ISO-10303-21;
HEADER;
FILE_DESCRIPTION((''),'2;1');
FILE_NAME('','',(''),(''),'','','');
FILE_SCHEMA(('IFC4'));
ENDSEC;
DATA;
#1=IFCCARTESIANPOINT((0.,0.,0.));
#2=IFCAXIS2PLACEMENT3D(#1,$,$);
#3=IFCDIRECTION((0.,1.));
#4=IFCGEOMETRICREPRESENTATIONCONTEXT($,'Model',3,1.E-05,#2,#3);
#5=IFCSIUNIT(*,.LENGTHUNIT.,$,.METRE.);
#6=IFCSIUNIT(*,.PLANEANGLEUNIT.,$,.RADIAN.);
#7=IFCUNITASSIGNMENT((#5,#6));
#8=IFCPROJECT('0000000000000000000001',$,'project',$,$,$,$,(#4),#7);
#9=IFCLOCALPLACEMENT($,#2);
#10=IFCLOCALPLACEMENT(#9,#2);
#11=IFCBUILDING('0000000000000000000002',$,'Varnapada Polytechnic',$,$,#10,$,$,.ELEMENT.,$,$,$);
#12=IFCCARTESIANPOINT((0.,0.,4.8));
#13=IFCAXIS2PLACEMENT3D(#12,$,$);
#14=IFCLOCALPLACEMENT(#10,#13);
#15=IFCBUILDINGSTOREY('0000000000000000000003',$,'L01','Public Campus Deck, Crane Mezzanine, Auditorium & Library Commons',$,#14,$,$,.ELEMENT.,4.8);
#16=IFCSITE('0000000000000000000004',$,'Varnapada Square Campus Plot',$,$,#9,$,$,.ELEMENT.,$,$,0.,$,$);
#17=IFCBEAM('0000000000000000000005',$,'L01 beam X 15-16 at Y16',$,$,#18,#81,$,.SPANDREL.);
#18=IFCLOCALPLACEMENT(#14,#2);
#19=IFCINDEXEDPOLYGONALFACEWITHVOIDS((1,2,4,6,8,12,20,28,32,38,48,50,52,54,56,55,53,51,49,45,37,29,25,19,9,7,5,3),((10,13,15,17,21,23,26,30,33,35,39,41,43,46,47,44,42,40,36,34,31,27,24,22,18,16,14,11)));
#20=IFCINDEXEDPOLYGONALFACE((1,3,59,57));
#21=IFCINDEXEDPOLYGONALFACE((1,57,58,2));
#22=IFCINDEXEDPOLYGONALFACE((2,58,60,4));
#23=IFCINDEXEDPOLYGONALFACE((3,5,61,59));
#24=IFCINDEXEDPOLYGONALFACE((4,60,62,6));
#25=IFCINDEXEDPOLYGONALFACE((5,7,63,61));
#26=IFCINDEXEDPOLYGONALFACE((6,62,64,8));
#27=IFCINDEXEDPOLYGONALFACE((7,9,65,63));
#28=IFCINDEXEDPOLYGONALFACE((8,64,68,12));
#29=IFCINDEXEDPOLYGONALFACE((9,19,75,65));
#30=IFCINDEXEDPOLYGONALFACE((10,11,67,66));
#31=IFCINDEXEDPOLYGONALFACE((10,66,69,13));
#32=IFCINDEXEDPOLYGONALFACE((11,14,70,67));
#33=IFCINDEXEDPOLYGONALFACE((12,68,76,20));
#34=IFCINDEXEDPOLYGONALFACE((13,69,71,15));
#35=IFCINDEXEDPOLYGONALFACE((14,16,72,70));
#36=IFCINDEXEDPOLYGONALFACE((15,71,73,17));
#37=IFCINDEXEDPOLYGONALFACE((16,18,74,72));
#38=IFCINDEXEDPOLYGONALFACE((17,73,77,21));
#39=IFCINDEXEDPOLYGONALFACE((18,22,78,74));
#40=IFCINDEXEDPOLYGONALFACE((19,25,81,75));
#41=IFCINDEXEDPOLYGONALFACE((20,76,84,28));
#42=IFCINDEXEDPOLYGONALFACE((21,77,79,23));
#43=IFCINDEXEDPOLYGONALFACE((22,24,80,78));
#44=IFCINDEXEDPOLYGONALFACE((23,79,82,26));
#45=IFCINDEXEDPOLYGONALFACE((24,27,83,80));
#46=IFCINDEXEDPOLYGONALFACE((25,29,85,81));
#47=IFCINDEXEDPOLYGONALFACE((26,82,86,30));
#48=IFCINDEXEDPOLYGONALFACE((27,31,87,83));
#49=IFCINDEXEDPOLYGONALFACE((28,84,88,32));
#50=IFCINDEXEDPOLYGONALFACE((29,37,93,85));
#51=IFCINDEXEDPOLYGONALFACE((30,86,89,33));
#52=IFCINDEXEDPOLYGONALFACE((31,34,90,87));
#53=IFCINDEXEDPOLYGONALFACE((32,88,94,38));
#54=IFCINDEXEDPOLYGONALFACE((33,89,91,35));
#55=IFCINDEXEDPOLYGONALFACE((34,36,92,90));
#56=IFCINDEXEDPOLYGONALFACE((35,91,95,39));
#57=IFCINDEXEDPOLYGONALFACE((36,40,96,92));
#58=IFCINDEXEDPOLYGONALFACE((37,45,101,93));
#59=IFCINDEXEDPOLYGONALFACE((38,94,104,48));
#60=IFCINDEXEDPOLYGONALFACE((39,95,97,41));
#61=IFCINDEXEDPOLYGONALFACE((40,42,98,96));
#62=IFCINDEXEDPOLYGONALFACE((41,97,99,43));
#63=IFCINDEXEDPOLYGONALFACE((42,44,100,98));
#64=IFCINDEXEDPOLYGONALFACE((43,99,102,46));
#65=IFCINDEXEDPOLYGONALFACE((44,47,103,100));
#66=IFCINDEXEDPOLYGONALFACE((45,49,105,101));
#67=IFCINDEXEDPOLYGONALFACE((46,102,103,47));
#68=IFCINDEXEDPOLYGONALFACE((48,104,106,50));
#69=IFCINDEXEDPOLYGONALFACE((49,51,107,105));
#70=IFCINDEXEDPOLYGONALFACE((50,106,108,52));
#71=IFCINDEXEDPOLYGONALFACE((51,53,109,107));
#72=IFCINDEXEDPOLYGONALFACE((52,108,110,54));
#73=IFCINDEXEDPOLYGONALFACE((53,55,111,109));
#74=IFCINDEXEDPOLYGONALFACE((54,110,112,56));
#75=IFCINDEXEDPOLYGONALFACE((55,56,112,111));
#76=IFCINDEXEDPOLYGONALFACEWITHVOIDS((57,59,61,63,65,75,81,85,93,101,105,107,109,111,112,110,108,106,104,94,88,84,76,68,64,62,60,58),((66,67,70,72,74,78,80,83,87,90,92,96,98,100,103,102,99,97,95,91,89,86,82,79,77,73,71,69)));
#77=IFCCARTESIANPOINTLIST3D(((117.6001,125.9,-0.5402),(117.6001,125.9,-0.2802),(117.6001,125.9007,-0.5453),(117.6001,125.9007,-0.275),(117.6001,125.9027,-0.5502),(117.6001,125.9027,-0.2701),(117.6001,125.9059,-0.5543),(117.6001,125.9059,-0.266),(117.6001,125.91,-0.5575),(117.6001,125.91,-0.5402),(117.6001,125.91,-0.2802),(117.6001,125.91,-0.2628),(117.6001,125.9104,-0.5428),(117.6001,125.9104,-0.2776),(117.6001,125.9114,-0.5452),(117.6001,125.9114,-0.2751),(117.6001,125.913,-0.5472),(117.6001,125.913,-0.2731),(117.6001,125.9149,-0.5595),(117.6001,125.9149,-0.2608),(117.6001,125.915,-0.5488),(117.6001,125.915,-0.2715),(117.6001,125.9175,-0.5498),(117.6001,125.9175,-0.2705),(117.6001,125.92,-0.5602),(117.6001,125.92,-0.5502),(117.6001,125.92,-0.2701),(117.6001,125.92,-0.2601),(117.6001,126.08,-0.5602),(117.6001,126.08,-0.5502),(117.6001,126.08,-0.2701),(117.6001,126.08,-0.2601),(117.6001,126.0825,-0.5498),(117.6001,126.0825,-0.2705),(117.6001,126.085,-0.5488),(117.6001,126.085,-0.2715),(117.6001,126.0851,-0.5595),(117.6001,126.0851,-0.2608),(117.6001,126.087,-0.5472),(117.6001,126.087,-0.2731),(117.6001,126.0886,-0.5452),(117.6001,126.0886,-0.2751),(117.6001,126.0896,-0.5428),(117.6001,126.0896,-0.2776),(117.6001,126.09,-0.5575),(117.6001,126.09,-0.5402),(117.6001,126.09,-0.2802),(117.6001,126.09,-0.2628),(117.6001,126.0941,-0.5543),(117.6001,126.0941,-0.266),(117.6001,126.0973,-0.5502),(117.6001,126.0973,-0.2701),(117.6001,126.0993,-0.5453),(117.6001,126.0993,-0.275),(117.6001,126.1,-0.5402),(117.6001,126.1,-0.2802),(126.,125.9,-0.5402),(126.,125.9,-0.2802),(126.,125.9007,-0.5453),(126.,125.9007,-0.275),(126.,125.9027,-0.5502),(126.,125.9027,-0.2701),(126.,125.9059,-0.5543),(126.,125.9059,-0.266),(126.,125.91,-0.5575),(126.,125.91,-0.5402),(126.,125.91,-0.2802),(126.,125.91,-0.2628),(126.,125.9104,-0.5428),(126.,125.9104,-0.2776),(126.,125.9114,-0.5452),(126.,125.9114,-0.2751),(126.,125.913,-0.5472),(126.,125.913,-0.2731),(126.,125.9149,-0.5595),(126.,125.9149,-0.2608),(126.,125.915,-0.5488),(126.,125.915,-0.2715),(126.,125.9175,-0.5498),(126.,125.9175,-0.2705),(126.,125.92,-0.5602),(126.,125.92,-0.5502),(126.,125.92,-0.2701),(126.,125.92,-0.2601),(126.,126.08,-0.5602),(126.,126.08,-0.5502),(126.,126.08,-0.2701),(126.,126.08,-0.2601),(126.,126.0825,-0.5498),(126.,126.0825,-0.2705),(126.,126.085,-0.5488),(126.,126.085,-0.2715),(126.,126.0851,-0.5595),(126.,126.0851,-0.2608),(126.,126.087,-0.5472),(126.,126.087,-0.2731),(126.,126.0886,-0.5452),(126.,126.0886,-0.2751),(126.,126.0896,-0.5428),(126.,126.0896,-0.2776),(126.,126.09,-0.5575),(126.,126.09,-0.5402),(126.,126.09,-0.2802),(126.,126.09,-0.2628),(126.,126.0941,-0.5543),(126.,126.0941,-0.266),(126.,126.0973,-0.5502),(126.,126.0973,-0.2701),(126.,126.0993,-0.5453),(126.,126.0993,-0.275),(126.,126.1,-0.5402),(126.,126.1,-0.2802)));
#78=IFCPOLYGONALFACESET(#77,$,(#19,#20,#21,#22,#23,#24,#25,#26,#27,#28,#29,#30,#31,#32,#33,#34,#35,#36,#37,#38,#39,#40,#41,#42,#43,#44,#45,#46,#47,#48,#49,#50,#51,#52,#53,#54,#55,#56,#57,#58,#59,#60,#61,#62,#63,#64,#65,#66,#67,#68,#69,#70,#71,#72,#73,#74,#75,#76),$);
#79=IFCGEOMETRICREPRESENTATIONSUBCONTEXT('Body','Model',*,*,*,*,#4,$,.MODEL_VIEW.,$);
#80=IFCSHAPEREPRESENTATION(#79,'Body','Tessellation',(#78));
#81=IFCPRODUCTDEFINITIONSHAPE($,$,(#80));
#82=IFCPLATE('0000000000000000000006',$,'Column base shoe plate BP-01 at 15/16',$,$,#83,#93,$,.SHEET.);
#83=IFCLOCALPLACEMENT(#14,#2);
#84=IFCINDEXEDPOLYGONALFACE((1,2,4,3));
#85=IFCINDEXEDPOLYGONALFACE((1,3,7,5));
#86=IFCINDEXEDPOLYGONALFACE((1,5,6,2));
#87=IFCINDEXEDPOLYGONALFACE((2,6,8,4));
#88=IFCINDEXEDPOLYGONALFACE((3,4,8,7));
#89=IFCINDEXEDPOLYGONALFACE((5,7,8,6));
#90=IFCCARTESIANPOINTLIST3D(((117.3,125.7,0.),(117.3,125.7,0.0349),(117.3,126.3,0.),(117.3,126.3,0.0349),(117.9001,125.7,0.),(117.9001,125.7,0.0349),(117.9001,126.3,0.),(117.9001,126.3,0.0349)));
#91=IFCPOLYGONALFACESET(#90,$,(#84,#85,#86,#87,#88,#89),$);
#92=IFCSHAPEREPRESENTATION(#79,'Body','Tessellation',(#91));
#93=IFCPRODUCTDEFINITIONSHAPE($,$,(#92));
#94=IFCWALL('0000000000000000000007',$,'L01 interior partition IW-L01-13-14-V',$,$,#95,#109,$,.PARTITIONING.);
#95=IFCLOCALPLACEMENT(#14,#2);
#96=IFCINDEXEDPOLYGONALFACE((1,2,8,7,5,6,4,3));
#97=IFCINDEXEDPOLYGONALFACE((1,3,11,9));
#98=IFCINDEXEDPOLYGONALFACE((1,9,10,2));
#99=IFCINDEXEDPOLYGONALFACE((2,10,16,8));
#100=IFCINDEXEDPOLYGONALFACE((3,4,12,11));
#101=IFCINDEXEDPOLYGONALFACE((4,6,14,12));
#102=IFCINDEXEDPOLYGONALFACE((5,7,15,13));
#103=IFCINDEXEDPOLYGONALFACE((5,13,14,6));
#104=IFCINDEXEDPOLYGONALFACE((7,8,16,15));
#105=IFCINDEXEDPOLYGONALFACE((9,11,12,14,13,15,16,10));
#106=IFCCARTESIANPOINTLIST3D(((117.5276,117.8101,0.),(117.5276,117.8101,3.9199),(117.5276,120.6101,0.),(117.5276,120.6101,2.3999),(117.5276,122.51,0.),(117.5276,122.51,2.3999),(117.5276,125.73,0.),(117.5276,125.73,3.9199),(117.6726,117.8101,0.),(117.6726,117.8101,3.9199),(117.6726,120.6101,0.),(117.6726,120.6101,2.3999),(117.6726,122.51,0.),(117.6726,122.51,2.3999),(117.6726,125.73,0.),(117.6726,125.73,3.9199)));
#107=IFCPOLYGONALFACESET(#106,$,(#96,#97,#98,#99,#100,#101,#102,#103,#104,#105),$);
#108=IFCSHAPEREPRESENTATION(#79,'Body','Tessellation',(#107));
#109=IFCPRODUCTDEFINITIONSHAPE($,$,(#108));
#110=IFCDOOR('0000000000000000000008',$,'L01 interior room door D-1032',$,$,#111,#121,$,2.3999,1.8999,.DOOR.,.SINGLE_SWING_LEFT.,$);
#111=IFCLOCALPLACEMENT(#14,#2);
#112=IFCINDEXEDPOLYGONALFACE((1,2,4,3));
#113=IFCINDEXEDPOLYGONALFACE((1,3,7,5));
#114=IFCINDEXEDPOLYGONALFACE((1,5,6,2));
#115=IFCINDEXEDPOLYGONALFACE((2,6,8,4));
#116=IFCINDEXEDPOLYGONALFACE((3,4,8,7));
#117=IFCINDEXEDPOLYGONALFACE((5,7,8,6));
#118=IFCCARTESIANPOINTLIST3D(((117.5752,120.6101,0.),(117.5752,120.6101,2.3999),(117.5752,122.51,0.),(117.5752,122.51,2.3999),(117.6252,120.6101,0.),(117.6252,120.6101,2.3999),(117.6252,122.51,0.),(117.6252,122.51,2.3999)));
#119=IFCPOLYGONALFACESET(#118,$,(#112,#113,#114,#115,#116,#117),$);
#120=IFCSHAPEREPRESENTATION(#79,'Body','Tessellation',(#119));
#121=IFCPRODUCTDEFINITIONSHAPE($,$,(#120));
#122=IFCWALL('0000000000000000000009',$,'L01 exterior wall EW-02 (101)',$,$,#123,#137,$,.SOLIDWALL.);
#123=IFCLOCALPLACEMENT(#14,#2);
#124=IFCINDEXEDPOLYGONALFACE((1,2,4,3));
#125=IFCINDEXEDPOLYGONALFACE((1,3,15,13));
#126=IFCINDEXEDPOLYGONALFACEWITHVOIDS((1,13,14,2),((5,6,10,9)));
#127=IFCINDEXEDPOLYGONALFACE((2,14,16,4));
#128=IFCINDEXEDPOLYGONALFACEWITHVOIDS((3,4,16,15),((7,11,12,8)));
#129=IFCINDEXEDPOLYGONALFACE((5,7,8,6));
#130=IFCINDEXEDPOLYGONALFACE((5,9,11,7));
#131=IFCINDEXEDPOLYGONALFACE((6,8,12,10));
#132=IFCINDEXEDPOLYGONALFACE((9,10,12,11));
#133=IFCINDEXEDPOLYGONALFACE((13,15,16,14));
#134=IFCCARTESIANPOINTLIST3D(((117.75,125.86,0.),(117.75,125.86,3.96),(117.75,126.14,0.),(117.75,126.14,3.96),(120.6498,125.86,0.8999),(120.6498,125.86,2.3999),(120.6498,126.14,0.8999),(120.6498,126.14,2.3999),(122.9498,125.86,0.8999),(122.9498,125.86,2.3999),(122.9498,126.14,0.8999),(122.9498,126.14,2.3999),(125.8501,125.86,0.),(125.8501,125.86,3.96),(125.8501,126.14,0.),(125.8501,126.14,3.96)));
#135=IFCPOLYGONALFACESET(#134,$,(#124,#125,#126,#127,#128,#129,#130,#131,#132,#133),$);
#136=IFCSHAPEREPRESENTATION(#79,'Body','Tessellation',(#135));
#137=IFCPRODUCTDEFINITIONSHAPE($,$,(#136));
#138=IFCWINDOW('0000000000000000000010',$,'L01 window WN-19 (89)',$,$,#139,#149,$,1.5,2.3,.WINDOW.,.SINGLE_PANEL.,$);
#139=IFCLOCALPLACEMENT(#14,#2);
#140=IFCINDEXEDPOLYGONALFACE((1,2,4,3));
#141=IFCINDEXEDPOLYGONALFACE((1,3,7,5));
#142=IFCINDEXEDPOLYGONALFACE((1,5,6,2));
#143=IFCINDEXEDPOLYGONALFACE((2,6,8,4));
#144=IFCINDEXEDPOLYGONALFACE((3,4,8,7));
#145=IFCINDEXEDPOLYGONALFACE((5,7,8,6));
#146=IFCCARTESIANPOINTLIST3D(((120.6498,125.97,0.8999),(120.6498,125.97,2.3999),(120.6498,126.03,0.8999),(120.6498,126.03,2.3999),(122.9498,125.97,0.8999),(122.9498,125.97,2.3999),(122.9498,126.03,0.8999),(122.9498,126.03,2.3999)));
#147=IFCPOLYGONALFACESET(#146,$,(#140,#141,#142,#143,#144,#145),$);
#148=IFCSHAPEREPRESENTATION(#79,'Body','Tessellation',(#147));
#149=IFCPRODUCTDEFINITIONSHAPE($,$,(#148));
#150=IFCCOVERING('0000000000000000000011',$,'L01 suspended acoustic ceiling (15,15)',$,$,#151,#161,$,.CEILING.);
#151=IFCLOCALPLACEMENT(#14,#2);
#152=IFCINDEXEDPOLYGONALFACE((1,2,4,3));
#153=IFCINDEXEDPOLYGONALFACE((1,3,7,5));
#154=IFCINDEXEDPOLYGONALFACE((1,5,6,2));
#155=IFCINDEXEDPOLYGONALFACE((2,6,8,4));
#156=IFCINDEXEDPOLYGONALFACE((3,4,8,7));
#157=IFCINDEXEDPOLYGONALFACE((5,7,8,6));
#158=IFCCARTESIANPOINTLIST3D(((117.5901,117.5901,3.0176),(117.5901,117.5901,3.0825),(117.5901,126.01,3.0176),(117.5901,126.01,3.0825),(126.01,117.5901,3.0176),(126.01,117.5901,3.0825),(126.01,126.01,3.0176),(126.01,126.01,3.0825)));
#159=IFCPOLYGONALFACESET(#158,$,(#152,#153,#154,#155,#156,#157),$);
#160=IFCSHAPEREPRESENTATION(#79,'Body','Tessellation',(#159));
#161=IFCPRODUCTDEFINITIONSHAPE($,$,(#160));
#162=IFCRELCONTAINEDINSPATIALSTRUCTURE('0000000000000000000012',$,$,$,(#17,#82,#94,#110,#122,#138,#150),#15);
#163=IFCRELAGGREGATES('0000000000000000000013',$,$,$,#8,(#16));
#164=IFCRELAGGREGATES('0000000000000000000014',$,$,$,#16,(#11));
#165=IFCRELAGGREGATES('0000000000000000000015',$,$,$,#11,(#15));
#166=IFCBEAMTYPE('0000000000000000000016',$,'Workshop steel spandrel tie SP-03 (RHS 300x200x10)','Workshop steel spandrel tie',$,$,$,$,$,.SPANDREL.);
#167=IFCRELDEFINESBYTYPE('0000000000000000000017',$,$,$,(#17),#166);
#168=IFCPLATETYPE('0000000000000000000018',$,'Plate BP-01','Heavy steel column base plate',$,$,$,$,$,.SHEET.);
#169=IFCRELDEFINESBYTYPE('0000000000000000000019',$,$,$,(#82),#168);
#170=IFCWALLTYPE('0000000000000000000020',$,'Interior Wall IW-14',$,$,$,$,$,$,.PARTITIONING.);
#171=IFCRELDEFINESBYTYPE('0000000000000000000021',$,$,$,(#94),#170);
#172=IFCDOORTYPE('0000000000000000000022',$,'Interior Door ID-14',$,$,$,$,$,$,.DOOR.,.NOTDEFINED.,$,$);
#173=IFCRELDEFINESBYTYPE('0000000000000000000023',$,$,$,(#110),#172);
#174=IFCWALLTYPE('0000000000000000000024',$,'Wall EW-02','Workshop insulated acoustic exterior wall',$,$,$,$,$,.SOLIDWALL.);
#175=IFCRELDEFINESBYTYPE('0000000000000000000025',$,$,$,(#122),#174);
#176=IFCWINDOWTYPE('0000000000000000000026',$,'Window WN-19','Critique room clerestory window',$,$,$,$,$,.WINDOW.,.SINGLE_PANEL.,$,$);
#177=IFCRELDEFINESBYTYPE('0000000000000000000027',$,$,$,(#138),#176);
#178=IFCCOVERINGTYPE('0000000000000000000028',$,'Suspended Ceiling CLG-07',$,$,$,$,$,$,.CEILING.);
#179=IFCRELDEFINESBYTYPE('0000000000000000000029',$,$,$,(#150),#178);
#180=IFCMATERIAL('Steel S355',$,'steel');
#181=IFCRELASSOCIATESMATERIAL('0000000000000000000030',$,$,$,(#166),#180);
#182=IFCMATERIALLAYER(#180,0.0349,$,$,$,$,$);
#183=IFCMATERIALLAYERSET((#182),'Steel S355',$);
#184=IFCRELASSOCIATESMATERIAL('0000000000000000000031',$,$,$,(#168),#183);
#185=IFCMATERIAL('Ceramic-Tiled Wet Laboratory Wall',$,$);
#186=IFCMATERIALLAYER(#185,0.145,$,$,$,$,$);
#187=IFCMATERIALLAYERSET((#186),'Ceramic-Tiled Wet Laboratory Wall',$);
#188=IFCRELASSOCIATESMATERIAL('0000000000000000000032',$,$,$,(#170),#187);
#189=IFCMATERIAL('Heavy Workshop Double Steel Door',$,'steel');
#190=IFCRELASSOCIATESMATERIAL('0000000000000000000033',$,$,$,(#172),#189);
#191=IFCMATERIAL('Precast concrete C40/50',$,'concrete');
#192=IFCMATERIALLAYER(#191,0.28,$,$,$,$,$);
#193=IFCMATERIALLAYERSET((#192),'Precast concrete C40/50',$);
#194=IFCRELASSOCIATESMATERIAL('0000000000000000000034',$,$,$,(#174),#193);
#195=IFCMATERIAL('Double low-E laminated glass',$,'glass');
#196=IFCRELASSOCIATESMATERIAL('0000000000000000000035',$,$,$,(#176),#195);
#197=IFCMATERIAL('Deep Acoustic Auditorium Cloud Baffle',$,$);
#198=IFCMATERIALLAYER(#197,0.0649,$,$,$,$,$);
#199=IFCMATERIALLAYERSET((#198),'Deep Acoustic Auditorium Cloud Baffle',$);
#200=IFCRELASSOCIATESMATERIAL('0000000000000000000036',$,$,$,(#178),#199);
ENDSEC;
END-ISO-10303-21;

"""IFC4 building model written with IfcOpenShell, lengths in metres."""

from ifc_helpers import new_model, si_unit, direction, frame, frame_2d, origin, origin_2d, place, context, subcontext, project, spatial, rectangle, hollow_rectangle, extrude, material, layer, layer_set, material_profile, profile_set, type_object, element, fill, save


model = new_model("IFC4")

# Units and contexts
model_context = context("Model", 3, precision=1e-05, world=origin(), true_north=direction((0.0, 1.0)))
body_context = subcontext(model_context, "Body", "Model", "MODEL_VIEW")
ifc_project = project(units=[si_unit("LENGTHUNIT", "METRE"), si_unit("PLANEANGLEUNIT", "RADIAN")], contexts=[model_context])

# Site, building, storey
site_placement = place(None, origin())
site = spatial("IfcSite", under=ifc_project, at=site_placement, Name="Varnapada Square Campus Plot", CompositionType="ELEMENT", RefElevation=0.0)
building_placement = place(site_placement, origin())
building = spatial("IfcBuilding", under=site, at=building_placement, Name="Varnapada Polytechnic", CompositionType="ELEMENT")
storey_placement = place(building_placement, frame((0.0, 0.0, 4.8)))
storey = spatial("IfcBuildingStorey", under=building, at=storey_placement, Name="L01", Description="Public Campus Deck, Crane Mezzanine, Auditorium & Library Commons", CompositionType="ELEMENT", Elevation=4.8)

# Shared definitions
ifc_material_1 = material(Name="Steel S355", Category="steel")

# Shared definitions
ifc_material_2 = material(Name="Double low-E laminated glass", Category="glass")

# Beam
ifc_material_profile_1 = material_profile(ifc_material_1, hollow_rectangle(XDim=0.2, YDim=0.3, WallThickness=0.01, InnerFilletRadius=0.01, OuterFilletRadius=0.02, at=origin_2d()), Name="RHS 300x200x10")
ifc_profile_set_1 = profile_set([ifc_material_profile_1], Name="Steel S355")
beam_type_1 = type_object("IfcBeamType", Name="Workshop steel spandrel tie SP-03 (RHS 300x200x10)", Description="Workshop steel spandrel tie", PredefinedType="SPANDREL", material=ifc_profile_set_1)
beam_placement = place(storey_placement, frame((117.6001, 126.0, -0.4102), z_axis=(1.0, 0.0, 0.0), x_axis=(0.0, 1.0, 0.0)))
element("IfcBeam", 1, at=beam_placement, inside=storey, type_object=beam_type_1, Name="L01 beam X 15-16 at Y16", PredefinedType="SPANDREL", context=body_context, shape_type="SweptSolid", body=[
    extrude(hollow_rectangle(XDim=0.2, YDim=0.3, WallThickness=0.01, InnerFilletRadius=0.01, OuterFilletRadius=0.02, at=origin_2d()), origin(), (0.0, 0.0, 1.0), 8.3999),
])

# Plate
ifc_layer_1 = layer(ifc_material_1, 0.0349)
ifc_layer_set_1 = layer_set([ifc_layer_1], Name="Steel S355")
plate_type = type_object("IfcPlateType", Name="Plate BP-01", Description="Heavy steel column base plate", PredefinedType="SHEET", material=ifc_layer_set_1)
plate_placement = place(storey_placement, frame((117.6001, 126.0, 0.0), z_axis=(0.0, 0.0, 1.0), x_axis=(1.0, 0.0, 0.0)))
element("IfcPlate", 2, at=plate_placement, inside=storey, type_object=plate_type, Name="Column base shoe plate BP-01 at 15/16", PredefinedType="SHEET", context=body_context, shape_type="SweptSolid", body=[
    extrude(rectangle(XDim=0.6001, YDim=0.6001, at=origin_2d()), origin(), (0.0, 0.0, 1.0), 0.0349),
])

# Wall, opening, door
ifc_material_3 = material(Name="Ceramic-Tiled Wet Laboratory Wall")
ifc_layer_2 = layer(ifc_material_3, 0.145)
ifc_layer_set_2 = layer_set([ifc_layer_2], Name="Ceramic-Tiled Wet Laboratory Wall")
wall_type_1 = type_object("IfcWallType", Name="Interior Wall IW-14", PredefinedType="PARTITIONING", material=ifc_layer_set_2)
wall_1_placement = place(storey_placement, frame((117.6001, 117.8101, 0.0), z_axis=(0.0, 0.0, 1.0), x_axis=(0.0, 1.0, 0.0)))
wall_1 = element("IfcWall", 3, at=wall_1_placement, inside=storey, type_object=wall_type_1, Name="L01 interior partition IW-L01-13-14-V", PredefinedType="PARTITIONING", context=body_context, shape_type="SweptSolid", body=[
    extrude(rectangle(XDim=7.9199, YDim=0.145, at=frame_2d((3.96, 0.0))), origin(), (0.0, 0.0, 1.0), 3.9199),
])
opening_1_placement = place(wall_1_placement, frame((2.8, 0.0, 0.0)))
opening_1 = element("IfcOpeningElement", 4, at=opening_1_placement, cuts=wall_1, PredefinedType="OPENING", context=body_context, shape_type="SweptSolid", body=[
    extrude(rectangle(XDim=1.8999, YDim=2.3999, at=frame_2d((0.95, 1.2))), frame((0.0, 0.0825, 0.0), z_axis=(0.0, -1.0, 0.0), x_axis=(1.0, 0.0, 0.0)), (0.0, 0.0, 1.0), 0.165),
])
ifc_material_4 = material(Name="Heavy Workshop Double Steel Door", Category="steel")
door_type = type_object("IfcDoorType", Name="Interior Door ID-14", OperationType="NOTDEFINED", PredefinedType="DOOR", material=ifc_material_4)
door_placement = place(opening_1_placement, origin())
door = element("IfcDoor", 5, at=door_placement, inside=storey, type_object=door_type, Name="L01 interior room door D-1032", OperationType="SINGLE_SWING_LEFT", OverallHeight=2.3999, OverallWidth=1.8999, PredefinedType="DOOR", context=body_context, shape_type="SweptSolid", body=[
    extrude(rectangle(XDim=1.8999, YDim=2.3999, at=frame_2d((0.95, 1.2))), frame((0.0, 0.0249, 0.0), z_axis=(0.0, -1.0, 0.0), x_axis=(1.0, 0.0, 0.0)), (0.0, 0.0, 1.0), 0.05),
])
fill(opening_1, door)

# Wall, opening, window
ifc_material_5 = material(Name="Precast concrete C40/50", Category="concrete")
ifc_layer_3 = layer(ifc_material_5, 0.28)
ifc_layer_set_3 = layer_set([ifc_layer_3], Name="Precast concrete C40/50")
wall_type_2 = type_object("IfcWallType", Name="Wall EW-02", Description="Workshop insulated acoustic exterior wall", PredefinedType="SOLIDWALL", material=ifc_layer_set_3)
wall_2_placement = place(storey_placement, frame((117.75, 126.0, 0.0), z_axis=(0.0, 0.0, 1.0), x_axis=(1.0, 0.0, 0.0)))
wall_2 = element("IfcWall", 6, at=wall_2_placement, inside=storey, type_object=wall_type_2, Name="L01 exterior wall EW-02 (101)", PredefinedType="SOLIDWALL", context=body_context, shape_type="SweptSolid", body=[
    extrude(rectangle(XDim=8.1001, YDim=0.28, at=frame_2d((4.05, 0.0))), origin(), (0.0, 0.0, 1.0), 3.96),
])
opening_2_placement = place(wall_2_placement, frame((2.8999, 0.0, 0.8999)))
opening_2 = element("IfcOpeningElement", 7, at=opening_2_placement, cuts=wall_2, PredefinedType="OPENING", context=body_context, shape_type="SweptSolid", body=[
    extrude(rectangle(XDim=2.3, YDim=1.5, at=frame_2d((1.1499, 0.75))), frame((0.0, 0.1499, 0.0), z_axis=(0.0, -1.0, 0.0), x_axis=(1.0, 0.0, 0.0)), (0.0, 0.0, 1.0), 0.3),
])
window_type = type_object("IfcWindowType", Name="Window WN-19", Description="Critique room clerestory window", PartitioningType="SINGLE_PANEL", PredefinedType="WINDOW", material=ifc_material_2)
window_placement = place(opening_2_placement, origin())
window = element("IfcWindow", 8, at=window_placement, inside=storey, type_object=window_type, Name="L01 window WN-19 (89)", OverallHeight=1.5, OverallWidth=2.3, PartitioningType="SINGLE_PANEL", PredefinedType="WINDOW", context=body_context, shape_type="SweptSolid", body=[
    extrude(rectangle(XDim=2.3, YDim=1.5, at=frame_2d((1.1499, 0.75))), frame((0.0, 0.03, 0.0), z_axis=(0.0, -1.0, 0.0), x_axis=(1.0, 0.0, 0.0)), (0.0, 0.0, 1.0), 0.0601),
])
fill(opening_2, window)

# Covering
ifc_material_6 = material(Name="Deep Acoustic Auditorium Cloud Baffle")
ifc_layer_4 = layer(ifc_material_6, 0.0649)
ifc_layer_set_4 = layer_set([ifc_layer_4], Name="Deep Acoustic Auditorium Cloud Baffle")
covering_type_1 = type_object("IfcCoveringType", Name="Suspended Ceiling CLG-07", PredefinedType="CEILING", material=ifc_layer_set_4)
covering_1_placement = place(storey_placement, frame((121.8, 121.8, 3.0176), z_axis=(0.0, 0.0, 1.0), x_axis=(1.0, 0.0, 0.0)))
element("IfcCovering", 9, at=covering_1_placement, inside=storey, type_object=covering_type_1, Name="L01 suspended acoustic ceiling (15,15)", PredefinedType="CEILING", context=body_context, shape_type="SweptSolid", body=[
    extrude(rectangle(XDim=8.4199, YDim=8.4199, at=origin_2d()), origin(), (0.0, 0.0, 1.0), 0.0649),
])

save(model, "model.ifc")
